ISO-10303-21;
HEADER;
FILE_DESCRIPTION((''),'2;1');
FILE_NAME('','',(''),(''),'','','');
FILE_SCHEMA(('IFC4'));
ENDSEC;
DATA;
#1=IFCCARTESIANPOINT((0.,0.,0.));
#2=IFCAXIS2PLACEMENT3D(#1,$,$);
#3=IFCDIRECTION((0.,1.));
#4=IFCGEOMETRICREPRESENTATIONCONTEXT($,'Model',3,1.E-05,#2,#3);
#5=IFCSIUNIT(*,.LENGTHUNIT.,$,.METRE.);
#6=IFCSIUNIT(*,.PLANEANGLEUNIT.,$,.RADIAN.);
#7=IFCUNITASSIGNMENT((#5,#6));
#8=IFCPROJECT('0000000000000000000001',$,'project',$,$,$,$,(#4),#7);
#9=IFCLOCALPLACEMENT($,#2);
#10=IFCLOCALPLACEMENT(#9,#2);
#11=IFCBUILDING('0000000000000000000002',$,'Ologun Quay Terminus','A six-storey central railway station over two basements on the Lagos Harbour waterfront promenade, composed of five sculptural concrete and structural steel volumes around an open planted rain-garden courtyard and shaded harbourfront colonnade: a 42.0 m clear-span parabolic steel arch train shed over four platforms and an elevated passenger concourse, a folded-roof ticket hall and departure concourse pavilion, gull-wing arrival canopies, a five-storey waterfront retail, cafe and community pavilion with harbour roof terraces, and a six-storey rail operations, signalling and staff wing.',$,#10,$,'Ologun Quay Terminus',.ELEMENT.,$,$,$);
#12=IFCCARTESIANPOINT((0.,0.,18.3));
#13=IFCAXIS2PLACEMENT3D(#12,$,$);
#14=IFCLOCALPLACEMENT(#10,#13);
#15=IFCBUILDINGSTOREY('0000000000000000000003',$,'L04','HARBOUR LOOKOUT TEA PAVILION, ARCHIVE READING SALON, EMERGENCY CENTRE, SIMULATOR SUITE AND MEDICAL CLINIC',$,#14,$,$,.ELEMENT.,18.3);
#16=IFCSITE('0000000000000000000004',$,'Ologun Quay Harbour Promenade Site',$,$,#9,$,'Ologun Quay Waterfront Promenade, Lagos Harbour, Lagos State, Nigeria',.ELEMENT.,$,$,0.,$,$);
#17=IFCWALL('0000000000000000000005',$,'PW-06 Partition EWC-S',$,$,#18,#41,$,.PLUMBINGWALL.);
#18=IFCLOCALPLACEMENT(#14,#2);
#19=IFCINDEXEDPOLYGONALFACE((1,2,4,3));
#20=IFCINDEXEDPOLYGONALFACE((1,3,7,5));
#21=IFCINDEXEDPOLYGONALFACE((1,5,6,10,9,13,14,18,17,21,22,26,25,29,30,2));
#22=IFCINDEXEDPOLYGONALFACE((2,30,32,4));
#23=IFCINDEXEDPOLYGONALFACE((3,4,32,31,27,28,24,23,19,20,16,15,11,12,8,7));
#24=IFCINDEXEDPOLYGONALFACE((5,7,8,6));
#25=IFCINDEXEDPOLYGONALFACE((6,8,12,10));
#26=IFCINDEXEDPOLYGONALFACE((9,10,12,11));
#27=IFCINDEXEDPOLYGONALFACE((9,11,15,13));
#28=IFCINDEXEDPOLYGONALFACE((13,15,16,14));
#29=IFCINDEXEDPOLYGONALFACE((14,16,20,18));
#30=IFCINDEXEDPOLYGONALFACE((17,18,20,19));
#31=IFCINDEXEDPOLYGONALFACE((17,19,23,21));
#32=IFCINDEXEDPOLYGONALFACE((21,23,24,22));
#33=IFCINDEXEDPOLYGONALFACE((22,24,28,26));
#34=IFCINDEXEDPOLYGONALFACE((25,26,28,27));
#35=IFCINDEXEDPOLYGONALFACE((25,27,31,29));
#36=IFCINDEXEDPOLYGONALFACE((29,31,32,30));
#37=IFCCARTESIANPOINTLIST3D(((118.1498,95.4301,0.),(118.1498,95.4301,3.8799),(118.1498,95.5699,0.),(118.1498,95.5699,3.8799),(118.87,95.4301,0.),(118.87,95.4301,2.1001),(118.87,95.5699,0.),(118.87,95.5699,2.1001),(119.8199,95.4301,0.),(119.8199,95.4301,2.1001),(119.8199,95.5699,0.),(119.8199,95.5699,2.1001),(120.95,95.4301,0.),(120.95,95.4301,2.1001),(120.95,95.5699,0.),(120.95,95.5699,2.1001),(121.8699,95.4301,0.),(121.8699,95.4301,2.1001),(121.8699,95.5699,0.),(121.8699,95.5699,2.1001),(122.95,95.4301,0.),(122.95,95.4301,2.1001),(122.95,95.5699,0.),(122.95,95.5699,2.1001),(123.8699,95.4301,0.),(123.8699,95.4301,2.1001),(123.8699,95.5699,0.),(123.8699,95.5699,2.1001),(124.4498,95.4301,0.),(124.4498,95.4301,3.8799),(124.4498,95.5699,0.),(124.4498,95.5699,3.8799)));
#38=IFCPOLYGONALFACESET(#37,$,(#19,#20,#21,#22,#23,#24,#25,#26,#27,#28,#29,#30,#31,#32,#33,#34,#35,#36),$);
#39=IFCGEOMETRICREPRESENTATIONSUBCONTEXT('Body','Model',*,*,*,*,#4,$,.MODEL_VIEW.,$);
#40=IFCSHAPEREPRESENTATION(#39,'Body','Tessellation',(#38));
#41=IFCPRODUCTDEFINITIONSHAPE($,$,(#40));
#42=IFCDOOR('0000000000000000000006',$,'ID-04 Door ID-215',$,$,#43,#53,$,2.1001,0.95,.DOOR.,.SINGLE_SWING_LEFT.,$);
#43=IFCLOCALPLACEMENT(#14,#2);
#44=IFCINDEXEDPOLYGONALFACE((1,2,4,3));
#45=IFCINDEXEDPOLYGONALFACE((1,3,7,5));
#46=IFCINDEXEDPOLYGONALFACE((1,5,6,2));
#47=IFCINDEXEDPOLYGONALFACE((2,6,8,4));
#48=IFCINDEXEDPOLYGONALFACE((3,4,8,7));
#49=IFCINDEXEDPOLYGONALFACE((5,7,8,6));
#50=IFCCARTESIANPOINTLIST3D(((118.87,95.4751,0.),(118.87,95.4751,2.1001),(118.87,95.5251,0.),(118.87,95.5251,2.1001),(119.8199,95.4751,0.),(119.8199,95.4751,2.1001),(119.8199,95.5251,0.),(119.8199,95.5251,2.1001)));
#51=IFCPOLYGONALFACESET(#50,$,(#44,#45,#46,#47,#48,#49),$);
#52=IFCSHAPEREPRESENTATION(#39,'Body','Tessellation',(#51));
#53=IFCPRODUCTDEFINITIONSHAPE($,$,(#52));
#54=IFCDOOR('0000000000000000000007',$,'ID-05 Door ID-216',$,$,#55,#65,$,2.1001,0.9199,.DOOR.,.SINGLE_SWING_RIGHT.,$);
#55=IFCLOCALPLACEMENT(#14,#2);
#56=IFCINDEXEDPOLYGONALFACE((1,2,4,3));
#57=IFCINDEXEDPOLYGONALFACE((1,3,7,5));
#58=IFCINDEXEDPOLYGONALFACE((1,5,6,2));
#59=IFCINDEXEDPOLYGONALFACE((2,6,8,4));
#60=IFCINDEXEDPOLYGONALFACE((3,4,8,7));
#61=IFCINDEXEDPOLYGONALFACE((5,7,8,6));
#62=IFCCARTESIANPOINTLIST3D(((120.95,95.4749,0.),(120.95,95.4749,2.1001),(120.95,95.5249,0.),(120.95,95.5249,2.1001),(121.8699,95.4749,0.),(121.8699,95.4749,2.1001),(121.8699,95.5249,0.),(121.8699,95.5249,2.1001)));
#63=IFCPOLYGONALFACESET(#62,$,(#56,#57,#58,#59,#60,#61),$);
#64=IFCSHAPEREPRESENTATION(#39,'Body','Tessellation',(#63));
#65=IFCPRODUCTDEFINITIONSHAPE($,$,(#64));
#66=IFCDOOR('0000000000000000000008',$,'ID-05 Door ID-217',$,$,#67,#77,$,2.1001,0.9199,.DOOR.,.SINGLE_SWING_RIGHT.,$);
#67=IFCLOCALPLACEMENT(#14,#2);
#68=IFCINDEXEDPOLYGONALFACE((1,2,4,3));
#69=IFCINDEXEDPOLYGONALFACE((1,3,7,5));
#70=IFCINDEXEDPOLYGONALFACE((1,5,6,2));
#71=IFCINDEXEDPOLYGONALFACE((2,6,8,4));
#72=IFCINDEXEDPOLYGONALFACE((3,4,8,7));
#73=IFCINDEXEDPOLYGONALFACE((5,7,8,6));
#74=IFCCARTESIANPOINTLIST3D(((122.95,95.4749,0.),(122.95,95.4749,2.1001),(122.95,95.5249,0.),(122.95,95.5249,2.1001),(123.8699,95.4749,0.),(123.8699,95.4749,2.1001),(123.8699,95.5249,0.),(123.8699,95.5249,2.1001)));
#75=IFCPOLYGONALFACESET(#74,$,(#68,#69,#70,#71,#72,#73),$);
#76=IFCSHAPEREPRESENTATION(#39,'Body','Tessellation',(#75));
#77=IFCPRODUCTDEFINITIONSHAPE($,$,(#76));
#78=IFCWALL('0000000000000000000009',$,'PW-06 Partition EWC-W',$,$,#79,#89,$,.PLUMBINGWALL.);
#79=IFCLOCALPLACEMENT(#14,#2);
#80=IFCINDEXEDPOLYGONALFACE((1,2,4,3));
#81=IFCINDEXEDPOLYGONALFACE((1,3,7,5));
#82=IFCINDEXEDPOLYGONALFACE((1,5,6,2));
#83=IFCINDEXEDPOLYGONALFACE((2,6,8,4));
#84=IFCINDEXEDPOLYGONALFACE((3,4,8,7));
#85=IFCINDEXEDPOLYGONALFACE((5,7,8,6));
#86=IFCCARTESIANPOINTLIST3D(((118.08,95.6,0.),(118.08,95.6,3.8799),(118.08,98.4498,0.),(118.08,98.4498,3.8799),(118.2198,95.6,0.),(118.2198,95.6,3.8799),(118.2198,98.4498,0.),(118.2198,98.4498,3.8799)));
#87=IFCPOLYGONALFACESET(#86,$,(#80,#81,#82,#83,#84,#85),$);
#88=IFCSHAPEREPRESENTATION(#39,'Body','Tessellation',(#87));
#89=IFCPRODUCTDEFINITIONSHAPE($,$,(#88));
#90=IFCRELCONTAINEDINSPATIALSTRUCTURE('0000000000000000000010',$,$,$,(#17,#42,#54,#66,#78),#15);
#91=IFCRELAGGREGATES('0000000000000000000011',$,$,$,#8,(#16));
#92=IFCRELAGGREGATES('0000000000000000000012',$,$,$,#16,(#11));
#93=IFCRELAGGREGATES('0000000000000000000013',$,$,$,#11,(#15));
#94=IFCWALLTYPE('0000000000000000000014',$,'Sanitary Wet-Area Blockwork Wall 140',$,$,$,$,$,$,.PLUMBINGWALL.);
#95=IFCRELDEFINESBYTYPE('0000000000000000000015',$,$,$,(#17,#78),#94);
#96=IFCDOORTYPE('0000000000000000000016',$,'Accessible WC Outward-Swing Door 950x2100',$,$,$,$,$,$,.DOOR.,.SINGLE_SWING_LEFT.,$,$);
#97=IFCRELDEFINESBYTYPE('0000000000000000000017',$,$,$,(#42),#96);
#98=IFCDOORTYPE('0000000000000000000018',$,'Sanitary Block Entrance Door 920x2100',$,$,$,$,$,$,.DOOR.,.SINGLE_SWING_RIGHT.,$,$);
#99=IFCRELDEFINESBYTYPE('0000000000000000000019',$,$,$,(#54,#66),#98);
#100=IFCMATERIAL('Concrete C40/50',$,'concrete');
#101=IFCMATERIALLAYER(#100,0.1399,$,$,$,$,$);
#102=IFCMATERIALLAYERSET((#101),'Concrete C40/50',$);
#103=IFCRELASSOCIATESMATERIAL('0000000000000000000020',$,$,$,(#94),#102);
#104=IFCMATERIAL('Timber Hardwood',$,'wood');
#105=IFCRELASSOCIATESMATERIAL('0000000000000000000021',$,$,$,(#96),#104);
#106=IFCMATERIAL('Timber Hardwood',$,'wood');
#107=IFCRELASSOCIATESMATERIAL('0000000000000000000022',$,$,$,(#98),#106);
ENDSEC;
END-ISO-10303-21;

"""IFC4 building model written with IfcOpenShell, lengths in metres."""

from ifc_helpers import new_model, si_unit, direction, frame, frame_2d, origin, place, context, subcontext, project, spatial, rectangle, extrude, material, layer, layer_set, type_object, element, fill, save


model = new_model("IFC4")

# Units and contexts
model_context = context("Model", 3, precision=1e-05, world=origin(), true_north=direction((0.0, 1.0)))
body_context = subcontext(model_context, "Body", "Model", "MODEL_VIEW")
ifc_project = project(units=[si_unit("LENGTHUNIT", "METRE"), si_unit("PLANEANGLEUNIT", "RADIAN")], contexts=[model_context])

# Site, building, storey
site_placement = place(None, origin())
site = spatial("IfcSite", under=ifc_project, at=site_placement, Name="Ologun Quay Harbour Promenade Site", LongName="Ologun Quay Waterfront Promenade, Lagos Harbour, Lagos State, Nigeria", CompositionType="ELEMENT", RefElevation=0.0)
building_placement = place(site_placement, origin())
building = spatial("IfcBuilding", under=site, at=building_placement, Name="Ologun Quay Terminus", Description="A six-storey central railway station over two basements on the Lagos Harbour waterfront promenade, composed of five sculptural concrete and structural steel volumes around an open planted rain-garden courtyard and shaded harbourfront colonnade: a 42.0 m clear-span parabolic steel arch train shed over four platforms and an elevated passenger concourse, a folded-roof ticket hall and departure concourse pavilion, gull-wing arrival canopies, a five-storey waterfront retail, cafe and community pavilion with harbour roof terraces, and a six-storey rail operations, signalling and staff wing.", LongName="Ologun Quay Terminus", CompositionType="ELEMENT")
storey_placement = place(building_placement, frame((0.0, 0.0, 18.3)))
storey = spatial("IfcBuildingStorey", under=building, at=storey_placement, Name="L04", Description="HARBOUR LOOKOUT TEA PAVILION, ARCHIVE READING SALON, EMERGENCY CENTRE, SIMULATOR SUITE AND MEDICAL CLINIC", CompositionType="ELEMENT", Elevation=18.3)

# Wall, openings, doors
ifc_material_1 = material(Name="Concrete C40/50", Category="concrete")
ifc_layer_1 = layer(ifc_material_1, 0.1399)
ifc_layer_set_1 = layer_set([ifc_layer_1], Name="Concrete C40/50")
wall_type_1 = type_object("IfcWallType", Name="Sanitary Wet-Area Blockwork Wall 140", PredefinedType="PLUMBINGWALL", material=ifc_layer_set_1)
wall_1_placement = place(storey_placement, frame((118.1499, 95.5, 0.0), z_axis=(0.0, 0.0, 1.0), x_axis=(1.0, 0.0, 0.0)))
wall_1 = element("IfcWall", 1, at=wall_1_placement, inside=storey, type_object=wall_type_1, Name="PW-06 Partition EWC-S", PredefinedType="PLUMBINGWALL", context=body_context, shape_type="SweptSolid", body=[
    extrude(rectangle(XDim=6.3, YDim=0.1399, at=frame_2d((3.1499, 0.0))), origin(), (0.0, 0.0, 1.0), 3.8799),
])
opening_1_placement = place(wall_1_placement, frame((0.72, 0.0, 0.0)))
opening_1 = element("IfcOpeningElement", 2, at=opening_1_placement, cuts=wall_1, PredefinedType="OPENING", context=body_context, shape_type="SweptSolid", body=[
    extrude(rectangle(XDim=0.95, YDim=2.1001, at=frame_2d((0.4751, 1.05))), frame((0.0, 0.0801, 0.0), z_axis=(0.0, -1.0, 0.0), x_axis=(1.0, 0.0, 0.0)), (0.0, 0.0, 1.0), 0.1599),
])
opening_2_placement = place(wall_1_placement, frame((2.8, 0.0, 0.0)))
opening_2 = element("IfcOpeningElement", 3, at=opening_2_placement, cuts=wall_1, PredefinedType="OPENING", context=body_context, shape_type="SweptSolid", body=[
    extrude(rectangle(XDim=0.9199, YDim=2.1001, at=frame_2d((0.46, 1.05))), frame((0.0, 0.0801, 0.0), z_axis=(0.0, -1.0, 0.0), x_axis=(1.0, 0.0, 0.0)), (0.0, 0.0, 1.0), 0.1599),
])
opening_3_placement = place(wall_1_placement, frame((4.8, 0.0, 0.0)))
opening_3 = element("IfcOpeningElement", 4, at=opening_3_placement, cuts=wall_1, PredefinedType="OPENING", context=body_context, shape_type="SweptSolid", body=[
    extrude(rectangle(XDim=0.9199, YDim=2.1001, at=frame_2d((0.46, 1.05))), frame((0.0, 0.0801, 0.0), z_axis=(0.0, -1.0, 0.0), x_axis=(1.0, 0.0, 0.0)), (0.0, 0.0, 1.0), 0.1599),
])
ifc_material_2 = material(Name="Timber Hardwood", Category="wood")
door_type_1 = type_object("IfcDoorType", Name="Accessible WC Outward-Swing Door 950x2100", OperationType="SINGLE_SWING_LEFT", PredefinedType="DOOR", material=ifc_material_2)
door_1_placement = place(opening_1_placement, frame((0.4751, 0.0, 0.0), z_axis=(0.0, 0.0, 1.0), x_axis=(-1.0, 0.0, 0.0)))
door_1 = element("IfcDoor", 5, at=door_1_placement, inside=storey, type_object=door_type_1, Name="ID-04 Door ID-215", OperationType="SINGLE_SWING_LEFT", OverallHeight=2.1001, OverallWidth=0.95, PredefinedType="DOOR", context=body_context, shape_type="SweptSolid", body=[
    extrude(rectangle(XDim=0.95, YDim=2.1001, at=frame_2d((0.0, 1.05))), frame((0.0, 0.0249, 0.0), z_axis=(0.0, -1.0, 0.0), x_axis=(1.0, 0.0, 0.0)), (0.0, 0.0, 1.0), 0.05),
])
fill(opening_1, door_1)
ifc_material_3 = material(Name="Timber Hardwood", Category="wood")
door_type_2 = type_object("IfcDoorType", Name="Sanitary Block Entrance Door 920x2100", OperationType="SINGLE_SWING_RIGHT", PredefinedType="DOOR", material=ifc_material_3)
door_2_placement = place(opening_2_placement, origin())
door_2 = element("IfcDoor", 6, at=door_2_placement, inside=storey, type_object=door_type_2, Name="ID-05 Door ID-216", OperationType="SINGLE_SWING_RIGHT", OverallHeight=2.1001, OverallWidth=0.9199, PredefinedType="DOOR", context=body_context, shape_type="SweptSolid", body=[
    extrude(rectangle(XDim=0.9199, YDim=2.1001, at=frame_2d((0.46, 1.05))), frame((0.0, 0.0249, 0.0), z_axis=(0.0, -1.0, 0.0), x_axis=(1.0, 0.0, 0.0)), (0.0, 0.0, 1.0), 0.05),
])
fill(opening_2, door_2)
door_3_placement = place(opening_3_placement, origin())
door_3 = element("IfcDoor", 7, at=door_3_placement, inside=storey, type_object=door_type_2, Name="ID-05 Door ID-217", OperationType="SINGLE_SWING_RIGHT", OverallHeight=2.1001, OverallWidth=0.9199, PredefinedType="DOOR", context=body_context, shape_type="SweptSolid", body=[
    extrude(rectangle(XDim=0.9199, YDim=2.1001, at=frame_2d((0.46, 1.05))), frame((0.0, 0.0249, 0.0), z_axis=(0.0, -1.0, 0.0), x_axis=(1.0, 0.0, 0.0)), (0.0, 0.0, 1.0), 0.05),
])
fill(opening_3, door_3)

# Wall
wall_2_placement = place(storey_placement, frame((118.1499, 95.6001, 0.0), z_axis=(0.0, 0.0, 1.0), x_axis=(0.0, 1.0, 0.0)))
element("IfcWall", 8, at=wall_2_placement, inside=storey, type_object=wall_type_1, Name="PW-06 Partition EWC-W", PredefinedType="PLUMBINGWALL", context=body_context, shape_type="SweptSolid", body=[
    extrude(rectangle(XDim=2.8499, YDim=0.1399, at=frame_2d((1.4248, 0.0))), origin(), (0.0, 0.0, 1.0), 3.8799),
])

save(model, "model.ifc")
